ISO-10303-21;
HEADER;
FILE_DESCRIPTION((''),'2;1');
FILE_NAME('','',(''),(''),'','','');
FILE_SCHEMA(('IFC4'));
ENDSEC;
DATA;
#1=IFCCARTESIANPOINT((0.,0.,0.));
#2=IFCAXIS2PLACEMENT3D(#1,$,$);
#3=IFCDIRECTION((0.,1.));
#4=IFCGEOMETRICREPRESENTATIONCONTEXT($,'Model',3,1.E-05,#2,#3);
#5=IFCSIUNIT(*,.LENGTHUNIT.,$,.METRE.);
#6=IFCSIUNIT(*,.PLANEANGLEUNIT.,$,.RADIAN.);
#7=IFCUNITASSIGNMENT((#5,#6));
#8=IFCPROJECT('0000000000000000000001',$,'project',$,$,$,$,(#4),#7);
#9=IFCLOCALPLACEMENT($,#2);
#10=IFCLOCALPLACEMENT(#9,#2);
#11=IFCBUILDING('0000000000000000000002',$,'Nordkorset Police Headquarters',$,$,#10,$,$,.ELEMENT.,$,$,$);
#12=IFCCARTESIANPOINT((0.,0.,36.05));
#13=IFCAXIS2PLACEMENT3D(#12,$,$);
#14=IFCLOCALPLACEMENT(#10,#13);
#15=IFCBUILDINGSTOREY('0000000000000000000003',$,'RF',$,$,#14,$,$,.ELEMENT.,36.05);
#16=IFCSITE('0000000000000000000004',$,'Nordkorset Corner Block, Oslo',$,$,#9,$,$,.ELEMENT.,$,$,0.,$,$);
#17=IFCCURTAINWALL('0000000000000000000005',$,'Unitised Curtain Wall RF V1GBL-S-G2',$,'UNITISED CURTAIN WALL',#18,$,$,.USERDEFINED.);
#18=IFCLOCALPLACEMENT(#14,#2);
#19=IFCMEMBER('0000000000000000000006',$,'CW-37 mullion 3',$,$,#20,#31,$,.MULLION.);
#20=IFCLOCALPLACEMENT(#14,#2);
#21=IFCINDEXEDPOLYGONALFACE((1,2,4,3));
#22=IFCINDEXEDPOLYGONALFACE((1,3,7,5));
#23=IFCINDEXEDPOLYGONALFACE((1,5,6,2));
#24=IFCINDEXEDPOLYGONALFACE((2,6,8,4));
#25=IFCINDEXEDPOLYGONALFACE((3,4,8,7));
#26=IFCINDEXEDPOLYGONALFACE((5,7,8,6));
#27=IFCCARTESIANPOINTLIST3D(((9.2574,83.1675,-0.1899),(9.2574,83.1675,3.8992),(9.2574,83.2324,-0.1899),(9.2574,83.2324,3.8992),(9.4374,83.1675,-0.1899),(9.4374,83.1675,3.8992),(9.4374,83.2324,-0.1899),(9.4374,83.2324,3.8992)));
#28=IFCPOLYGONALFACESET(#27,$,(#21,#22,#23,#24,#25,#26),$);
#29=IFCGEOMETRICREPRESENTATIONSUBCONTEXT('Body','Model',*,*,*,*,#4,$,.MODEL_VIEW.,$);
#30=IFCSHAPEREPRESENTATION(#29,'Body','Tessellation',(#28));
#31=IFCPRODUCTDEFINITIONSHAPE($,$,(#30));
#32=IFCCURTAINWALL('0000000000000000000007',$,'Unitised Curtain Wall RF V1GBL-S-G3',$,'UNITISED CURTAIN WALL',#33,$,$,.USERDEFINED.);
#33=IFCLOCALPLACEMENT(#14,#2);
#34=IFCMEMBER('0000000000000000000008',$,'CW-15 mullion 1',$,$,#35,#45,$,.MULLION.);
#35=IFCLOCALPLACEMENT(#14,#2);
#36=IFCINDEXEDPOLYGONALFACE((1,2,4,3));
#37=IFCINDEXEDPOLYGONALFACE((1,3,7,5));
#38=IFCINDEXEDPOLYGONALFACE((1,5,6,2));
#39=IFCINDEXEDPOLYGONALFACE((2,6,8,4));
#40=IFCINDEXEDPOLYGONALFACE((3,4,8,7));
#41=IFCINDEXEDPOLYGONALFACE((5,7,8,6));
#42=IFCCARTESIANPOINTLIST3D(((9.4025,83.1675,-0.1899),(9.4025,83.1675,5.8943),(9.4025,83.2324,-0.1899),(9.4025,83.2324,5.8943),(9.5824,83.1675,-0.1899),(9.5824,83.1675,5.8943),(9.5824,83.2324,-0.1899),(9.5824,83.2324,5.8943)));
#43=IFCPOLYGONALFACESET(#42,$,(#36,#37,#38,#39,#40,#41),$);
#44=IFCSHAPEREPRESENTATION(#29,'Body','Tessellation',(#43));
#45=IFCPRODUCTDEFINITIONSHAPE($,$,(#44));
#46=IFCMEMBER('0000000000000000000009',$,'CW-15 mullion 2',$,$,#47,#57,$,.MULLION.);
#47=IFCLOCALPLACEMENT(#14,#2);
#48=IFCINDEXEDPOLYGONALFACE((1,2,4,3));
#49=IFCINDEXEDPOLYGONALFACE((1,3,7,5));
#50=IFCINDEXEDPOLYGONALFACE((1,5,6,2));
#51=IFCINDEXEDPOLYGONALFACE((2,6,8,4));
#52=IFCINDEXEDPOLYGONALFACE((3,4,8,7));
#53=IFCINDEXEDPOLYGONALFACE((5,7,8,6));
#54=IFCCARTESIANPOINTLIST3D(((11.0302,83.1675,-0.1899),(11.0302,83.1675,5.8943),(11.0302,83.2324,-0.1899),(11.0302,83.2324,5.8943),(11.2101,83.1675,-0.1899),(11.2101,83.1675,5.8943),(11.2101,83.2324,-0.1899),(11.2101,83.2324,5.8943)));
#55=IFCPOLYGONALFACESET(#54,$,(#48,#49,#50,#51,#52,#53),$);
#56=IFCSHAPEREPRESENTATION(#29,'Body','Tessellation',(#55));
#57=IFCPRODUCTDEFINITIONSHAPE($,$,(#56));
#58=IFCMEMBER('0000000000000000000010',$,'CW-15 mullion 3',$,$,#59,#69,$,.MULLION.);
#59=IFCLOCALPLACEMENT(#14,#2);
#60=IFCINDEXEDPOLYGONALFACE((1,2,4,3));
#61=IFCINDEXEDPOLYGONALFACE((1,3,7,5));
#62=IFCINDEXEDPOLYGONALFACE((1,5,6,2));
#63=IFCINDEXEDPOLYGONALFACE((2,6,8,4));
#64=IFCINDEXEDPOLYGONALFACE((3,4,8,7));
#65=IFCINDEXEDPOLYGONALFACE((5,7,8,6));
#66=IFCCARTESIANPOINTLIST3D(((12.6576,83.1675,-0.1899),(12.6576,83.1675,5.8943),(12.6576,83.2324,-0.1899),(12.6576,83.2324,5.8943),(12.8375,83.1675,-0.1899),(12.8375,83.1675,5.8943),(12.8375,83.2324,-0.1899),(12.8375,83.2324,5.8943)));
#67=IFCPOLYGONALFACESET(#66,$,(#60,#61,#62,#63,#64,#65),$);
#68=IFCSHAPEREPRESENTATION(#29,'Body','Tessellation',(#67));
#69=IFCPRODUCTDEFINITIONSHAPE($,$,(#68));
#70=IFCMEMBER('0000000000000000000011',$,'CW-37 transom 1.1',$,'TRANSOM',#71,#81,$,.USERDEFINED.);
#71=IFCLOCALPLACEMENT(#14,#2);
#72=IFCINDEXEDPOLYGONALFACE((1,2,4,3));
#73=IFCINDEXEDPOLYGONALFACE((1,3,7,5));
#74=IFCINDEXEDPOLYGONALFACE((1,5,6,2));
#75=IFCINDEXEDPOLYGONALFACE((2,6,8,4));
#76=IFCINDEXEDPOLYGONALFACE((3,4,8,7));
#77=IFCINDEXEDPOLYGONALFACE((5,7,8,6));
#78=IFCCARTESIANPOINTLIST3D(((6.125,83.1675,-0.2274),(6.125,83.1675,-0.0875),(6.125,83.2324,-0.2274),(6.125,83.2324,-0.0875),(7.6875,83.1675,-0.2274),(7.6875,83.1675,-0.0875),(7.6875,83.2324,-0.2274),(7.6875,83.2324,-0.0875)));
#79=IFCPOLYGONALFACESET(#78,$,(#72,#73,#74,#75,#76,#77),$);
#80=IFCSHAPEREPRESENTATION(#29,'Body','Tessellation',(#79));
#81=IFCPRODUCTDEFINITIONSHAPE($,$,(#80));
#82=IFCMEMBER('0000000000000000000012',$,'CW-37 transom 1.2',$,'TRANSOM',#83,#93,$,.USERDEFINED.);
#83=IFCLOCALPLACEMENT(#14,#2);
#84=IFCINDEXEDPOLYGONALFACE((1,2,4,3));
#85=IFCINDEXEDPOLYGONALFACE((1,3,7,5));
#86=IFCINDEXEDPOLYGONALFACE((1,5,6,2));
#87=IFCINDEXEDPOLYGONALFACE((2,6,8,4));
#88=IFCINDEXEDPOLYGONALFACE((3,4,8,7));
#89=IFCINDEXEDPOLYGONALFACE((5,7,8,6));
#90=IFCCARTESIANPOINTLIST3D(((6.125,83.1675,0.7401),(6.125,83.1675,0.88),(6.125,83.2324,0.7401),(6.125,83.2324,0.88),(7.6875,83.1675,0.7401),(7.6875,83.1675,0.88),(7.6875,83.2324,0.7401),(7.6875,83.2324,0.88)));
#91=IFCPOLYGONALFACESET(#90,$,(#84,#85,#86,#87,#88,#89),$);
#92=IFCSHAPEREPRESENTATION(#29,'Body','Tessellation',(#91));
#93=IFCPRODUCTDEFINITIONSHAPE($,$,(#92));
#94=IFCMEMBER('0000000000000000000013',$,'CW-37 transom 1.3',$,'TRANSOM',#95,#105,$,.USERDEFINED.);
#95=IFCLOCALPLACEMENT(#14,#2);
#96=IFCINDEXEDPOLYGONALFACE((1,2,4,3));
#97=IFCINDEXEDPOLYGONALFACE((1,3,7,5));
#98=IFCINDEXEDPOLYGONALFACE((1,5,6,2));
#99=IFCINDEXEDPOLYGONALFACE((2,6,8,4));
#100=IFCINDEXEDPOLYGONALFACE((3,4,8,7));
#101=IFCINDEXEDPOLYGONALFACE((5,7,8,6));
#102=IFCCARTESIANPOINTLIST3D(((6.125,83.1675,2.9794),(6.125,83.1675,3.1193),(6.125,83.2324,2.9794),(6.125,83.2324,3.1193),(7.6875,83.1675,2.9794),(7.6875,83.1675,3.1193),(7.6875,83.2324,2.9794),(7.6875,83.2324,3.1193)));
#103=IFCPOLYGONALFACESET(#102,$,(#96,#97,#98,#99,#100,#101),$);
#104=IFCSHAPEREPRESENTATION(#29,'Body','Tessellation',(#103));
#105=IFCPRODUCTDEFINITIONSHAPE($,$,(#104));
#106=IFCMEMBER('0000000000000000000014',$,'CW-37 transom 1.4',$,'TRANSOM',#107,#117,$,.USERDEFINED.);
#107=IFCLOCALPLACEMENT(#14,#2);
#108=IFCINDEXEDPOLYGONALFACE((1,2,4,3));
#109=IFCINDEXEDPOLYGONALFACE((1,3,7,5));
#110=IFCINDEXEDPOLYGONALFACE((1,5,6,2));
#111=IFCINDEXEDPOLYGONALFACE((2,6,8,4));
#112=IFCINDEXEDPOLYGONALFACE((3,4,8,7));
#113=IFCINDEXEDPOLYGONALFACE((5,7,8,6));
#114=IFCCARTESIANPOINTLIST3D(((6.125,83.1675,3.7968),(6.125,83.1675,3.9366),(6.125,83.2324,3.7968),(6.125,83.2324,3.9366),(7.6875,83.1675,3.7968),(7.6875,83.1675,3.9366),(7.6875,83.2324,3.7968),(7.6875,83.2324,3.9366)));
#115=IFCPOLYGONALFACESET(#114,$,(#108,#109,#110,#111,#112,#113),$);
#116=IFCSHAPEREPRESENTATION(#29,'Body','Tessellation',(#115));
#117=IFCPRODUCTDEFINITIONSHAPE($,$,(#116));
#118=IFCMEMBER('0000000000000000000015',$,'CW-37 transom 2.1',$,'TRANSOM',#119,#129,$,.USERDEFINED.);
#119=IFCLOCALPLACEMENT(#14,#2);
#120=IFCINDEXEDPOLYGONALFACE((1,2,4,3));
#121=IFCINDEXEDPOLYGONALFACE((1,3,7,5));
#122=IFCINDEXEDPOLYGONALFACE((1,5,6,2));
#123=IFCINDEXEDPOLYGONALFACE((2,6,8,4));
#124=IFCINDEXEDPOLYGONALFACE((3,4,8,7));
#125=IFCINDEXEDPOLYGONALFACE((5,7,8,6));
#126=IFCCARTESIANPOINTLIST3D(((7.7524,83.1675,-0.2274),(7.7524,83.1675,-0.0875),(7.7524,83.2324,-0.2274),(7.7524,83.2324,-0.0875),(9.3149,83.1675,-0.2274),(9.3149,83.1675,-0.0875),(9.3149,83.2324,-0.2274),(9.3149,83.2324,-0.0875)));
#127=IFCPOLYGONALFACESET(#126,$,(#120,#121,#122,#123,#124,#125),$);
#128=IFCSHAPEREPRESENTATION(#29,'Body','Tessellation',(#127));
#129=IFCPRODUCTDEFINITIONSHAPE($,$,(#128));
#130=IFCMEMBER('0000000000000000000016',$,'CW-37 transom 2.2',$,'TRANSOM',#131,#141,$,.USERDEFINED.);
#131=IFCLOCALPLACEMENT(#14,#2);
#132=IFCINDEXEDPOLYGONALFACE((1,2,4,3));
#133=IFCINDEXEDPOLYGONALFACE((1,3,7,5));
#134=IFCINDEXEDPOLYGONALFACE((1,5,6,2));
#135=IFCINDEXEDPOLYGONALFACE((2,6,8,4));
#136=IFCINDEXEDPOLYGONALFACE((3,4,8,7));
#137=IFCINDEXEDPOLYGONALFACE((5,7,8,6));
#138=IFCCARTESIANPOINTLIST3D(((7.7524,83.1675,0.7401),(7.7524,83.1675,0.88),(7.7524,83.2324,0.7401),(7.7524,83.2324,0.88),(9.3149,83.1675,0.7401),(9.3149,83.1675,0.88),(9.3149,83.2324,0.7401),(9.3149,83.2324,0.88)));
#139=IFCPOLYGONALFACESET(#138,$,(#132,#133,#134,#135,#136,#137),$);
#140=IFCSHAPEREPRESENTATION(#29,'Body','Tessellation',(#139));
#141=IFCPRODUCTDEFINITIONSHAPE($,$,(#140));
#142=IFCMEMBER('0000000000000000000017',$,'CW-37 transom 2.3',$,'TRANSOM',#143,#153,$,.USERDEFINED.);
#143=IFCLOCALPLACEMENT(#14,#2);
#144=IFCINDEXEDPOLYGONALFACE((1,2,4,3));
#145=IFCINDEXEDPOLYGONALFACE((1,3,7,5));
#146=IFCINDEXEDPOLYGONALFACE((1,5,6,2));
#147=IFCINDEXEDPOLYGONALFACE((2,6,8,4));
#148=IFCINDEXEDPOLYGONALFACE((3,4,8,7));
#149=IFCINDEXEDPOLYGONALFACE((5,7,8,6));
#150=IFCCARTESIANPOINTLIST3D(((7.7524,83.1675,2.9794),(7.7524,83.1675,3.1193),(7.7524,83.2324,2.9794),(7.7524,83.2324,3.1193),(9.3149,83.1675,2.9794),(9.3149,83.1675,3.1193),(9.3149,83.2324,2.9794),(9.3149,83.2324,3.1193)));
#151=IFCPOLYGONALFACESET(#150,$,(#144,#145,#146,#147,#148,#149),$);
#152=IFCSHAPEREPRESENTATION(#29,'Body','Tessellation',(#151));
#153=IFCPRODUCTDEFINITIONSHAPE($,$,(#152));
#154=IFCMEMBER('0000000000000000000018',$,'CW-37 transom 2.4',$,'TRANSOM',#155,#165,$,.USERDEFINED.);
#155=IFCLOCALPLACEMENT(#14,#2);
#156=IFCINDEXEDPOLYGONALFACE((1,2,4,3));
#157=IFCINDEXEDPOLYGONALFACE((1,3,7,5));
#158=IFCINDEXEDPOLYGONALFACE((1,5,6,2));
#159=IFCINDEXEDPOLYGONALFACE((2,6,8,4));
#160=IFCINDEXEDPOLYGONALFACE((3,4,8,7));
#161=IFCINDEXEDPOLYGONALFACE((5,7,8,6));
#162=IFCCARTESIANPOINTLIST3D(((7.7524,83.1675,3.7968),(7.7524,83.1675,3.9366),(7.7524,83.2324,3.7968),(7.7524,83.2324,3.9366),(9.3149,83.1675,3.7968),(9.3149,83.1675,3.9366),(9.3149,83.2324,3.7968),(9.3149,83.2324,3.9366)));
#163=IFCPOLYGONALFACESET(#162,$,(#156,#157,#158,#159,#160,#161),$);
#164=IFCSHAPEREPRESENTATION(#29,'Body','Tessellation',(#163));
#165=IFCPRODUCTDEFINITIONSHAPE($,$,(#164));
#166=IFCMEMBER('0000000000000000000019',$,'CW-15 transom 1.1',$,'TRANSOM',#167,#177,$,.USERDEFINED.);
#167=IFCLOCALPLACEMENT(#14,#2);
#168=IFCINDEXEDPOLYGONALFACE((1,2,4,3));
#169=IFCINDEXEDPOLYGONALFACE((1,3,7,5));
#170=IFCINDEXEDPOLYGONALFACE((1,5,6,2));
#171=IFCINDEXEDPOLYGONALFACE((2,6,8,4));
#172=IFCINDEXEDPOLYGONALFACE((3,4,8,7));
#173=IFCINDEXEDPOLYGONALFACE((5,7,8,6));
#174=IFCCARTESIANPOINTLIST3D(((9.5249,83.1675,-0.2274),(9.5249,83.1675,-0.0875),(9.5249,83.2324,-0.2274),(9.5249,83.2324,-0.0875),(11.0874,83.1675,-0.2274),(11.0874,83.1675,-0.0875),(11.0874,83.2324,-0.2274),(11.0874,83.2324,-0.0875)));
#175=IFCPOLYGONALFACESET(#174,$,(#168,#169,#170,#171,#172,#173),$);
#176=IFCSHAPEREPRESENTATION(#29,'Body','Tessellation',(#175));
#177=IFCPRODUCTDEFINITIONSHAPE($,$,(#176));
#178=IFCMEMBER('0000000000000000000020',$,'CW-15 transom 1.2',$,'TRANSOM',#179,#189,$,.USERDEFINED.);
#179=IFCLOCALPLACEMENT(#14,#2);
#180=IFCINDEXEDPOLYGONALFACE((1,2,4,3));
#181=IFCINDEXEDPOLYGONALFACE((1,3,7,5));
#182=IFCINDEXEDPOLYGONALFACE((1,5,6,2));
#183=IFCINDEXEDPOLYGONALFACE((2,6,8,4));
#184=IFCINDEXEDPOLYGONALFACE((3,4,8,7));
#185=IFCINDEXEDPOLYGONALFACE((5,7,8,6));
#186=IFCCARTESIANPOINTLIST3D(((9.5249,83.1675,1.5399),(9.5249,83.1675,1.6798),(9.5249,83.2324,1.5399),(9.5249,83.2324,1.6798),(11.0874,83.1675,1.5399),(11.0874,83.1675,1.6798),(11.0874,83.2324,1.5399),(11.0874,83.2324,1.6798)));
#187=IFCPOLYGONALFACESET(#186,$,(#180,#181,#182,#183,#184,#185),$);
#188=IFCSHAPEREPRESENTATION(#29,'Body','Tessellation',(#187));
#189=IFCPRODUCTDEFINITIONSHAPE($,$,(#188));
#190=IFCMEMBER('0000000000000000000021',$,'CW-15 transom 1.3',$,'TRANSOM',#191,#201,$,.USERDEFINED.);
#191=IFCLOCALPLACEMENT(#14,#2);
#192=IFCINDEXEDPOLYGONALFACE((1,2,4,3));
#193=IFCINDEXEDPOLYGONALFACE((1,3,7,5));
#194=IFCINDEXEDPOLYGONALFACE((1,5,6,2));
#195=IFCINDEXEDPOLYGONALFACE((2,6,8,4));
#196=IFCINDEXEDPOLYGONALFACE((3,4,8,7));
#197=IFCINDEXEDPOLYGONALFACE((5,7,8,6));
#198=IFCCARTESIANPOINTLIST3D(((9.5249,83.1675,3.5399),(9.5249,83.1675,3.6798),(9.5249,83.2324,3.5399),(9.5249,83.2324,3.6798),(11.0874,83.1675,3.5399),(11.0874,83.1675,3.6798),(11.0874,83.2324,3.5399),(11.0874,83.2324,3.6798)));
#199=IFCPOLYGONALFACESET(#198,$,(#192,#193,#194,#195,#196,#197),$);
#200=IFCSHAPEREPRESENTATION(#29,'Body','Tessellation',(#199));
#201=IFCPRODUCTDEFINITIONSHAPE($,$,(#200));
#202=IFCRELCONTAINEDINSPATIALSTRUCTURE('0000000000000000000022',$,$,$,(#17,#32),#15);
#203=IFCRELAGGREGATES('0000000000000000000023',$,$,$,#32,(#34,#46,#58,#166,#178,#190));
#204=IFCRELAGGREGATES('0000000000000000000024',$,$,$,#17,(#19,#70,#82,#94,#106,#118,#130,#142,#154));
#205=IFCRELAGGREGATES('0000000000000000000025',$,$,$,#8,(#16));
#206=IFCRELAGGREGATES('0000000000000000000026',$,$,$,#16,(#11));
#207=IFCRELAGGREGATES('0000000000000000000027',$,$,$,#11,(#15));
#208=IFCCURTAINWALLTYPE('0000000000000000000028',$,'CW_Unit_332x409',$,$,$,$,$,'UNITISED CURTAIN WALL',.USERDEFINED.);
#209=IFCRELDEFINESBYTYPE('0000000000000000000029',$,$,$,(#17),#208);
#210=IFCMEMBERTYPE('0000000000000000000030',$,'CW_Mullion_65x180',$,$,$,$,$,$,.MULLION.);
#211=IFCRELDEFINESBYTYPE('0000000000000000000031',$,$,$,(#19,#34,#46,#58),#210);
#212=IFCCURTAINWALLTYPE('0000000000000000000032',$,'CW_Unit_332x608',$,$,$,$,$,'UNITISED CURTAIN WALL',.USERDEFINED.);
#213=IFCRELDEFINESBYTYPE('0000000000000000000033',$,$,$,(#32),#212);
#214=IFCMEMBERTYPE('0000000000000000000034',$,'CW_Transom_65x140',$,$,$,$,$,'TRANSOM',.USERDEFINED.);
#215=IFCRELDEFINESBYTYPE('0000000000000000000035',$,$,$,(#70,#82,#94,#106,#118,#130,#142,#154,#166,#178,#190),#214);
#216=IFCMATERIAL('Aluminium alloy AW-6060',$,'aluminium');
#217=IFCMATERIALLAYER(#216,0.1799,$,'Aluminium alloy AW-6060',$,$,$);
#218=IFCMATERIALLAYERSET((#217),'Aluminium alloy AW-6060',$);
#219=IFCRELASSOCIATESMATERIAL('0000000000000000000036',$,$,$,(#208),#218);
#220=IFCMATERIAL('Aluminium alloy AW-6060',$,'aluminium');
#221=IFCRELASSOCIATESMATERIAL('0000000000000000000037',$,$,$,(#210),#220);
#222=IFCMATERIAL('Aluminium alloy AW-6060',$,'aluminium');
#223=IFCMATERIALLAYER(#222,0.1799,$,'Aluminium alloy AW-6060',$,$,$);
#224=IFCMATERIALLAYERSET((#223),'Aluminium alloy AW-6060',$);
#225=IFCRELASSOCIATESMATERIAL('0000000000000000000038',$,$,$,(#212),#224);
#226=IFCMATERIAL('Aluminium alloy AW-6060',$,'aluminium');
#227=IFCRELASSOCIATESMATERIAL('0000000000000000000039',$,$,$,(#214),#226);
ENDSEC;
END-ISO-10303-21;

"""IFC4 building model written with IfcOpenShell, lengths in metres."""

from ifc_helpers import new_model, si_unit, direction, frame, origin, origin_2d, place, context, subcontext, project, spatial, rectangle, extrude, material, layer, layer_set, material_profile, profile_set, type_object, element, aggregate, save


model = new_model("IFC4")

# Units and contexts
model_context = context("Model", 3, precision=1e-05, world=origin(), true_north=direction((0.0, 1.0)))
body_context = subcontext(model_context, "Body", "Model", "MODEL_VIEW")
ifc_project = project(units=[si_unit("LENGTHUNIT", "METRE"), si_unit("PLANEANGLEUNIT", "RADIAN")], contexts=[model_context])

# Site, building, storey
site_placement = place(None, origin())
site = spatial("IfcSite", under=ifc_project, at=site_placement, Name="Nordkorset Corner Block, Oslo", CompositionType="ELEMENT", RefElevation=0.0)
building_placement = place(site_placement, origin())
building = spatial("IfcBuilding", under=site, at=building_placement, Name="Nordkorset Police Headquarters", CompositionType="ELEMENT")
storey_placement = place(building_placement, frame((0.0, 0.0, 36.05)))
storey = spatial("IfcBuildingStorey", under=building, at=storey_placement, Name="RF", CompositionType="ELEMENT", Elevation=36.05)

# Curtain wall, member
ifc_material_1 = material(Name="Aluminium alloy AW-6060", Category="aluminium")
ifc_layer_1 = layer(ifc_material_1, 0.1799, Name="Aluminium alloy AW-6060")
ifc_layer_set_1 = layer_set([ifc_layer_1], Name="Aluminium alloy AW-6060")
curtain_wall_type_1 = type_object("IfcCurtainWallType", Name="CW_Unit_332x409", ElementType="UNITISED CURTAIN WALL", PredefinedType="USERDEFINED", material=ifc_layer_set_1)
curtain_wall_1_placement = place(storey_placement, origin())
curtain_wall_1 = element("IfcCurtainWall", 1, at=curtain_wall_1_placement, inside=storey, type_object=curtain_wall_type_1, Name="Unitised Curtain Wall RF V1GBL-S-G2", ObjectType="UNITISED CURTAIN WALL", PredefinedType="USERDEFINED")
ifc_material_2 = material(Name="Aluminium alloy AW-6060", Category="aluminium")
ifc_material_profile_1 = material_profile(ifc_material_2, rectangle(XDim=0.0649, YDim=0.1799, at=origin_2d()), Name="ALU MULL 65x180")
ifc_profile_set_1 = profile_set([ifc_material_profile_1], Name="Aluminium alloy AW-6060")
member_type_1 = type_object("IfcMemberType", Name="CW_Mullion_65x180", PredefinedType="MULLION", material=ifc_profile_set_1)
member_1_placement = place(storey_placement, frame((9.3474, 83.2, -0.1899), z_axis=(0.0, 0.0, 1.0), x_axis=(0.0, 1.0, 0.0)))
member_1 = element("IfcMember", 2, at=member_1_placement, type_object=member_type_1, Name="CW-37 mullion 3", PredefinedType="MULLION", context=body_context, shape_type="SweptSolid", body=[
    extrude(rectangle(XDim=0.0649, YDim=0.1799, at=origin_2d()), origin(), (0.0, 0.0, 1.0), 4.0891),
])

# Curtain wall, members
ifc_material_3 = material(Name="Aluminium alloy AW-6060", Category="aluminium")
ifc_layer_2 = layer(ifc_material_3, 0.1799, Name="Aluminium alloy AW-6060")
ifc_layer_set_2 = layer_set([ifc_layer_2], Name="Aluminium alloy AW-6060")
curtain_wall_type_2 = type_object("IfcCurtainWallType", Name="CW_Unit_332x608", ElementType="UNITISED CURTAIN WALL", PredefinedType="USERDEFINED", material=ifc_layer_set_2)
curtain_wall_2_placement = place(storey_placement, origin())
curtain_wall_2 = element("IfcCurtainWall", 3, at=curtain_wall_2_placement, inside=storey, type_object=curtain_wall_type_2, Name="Unitised Curtain Wall RF V1GBL-S-G3", ObjectType="UNITISED CURTAIN WALL", PredefinedType="USERDEFINED")
member_2_placement = place(storey_placement, frame((9.4924, 83.2, -0.1899), z_axis=(0.0, 0.0, 1.0), x_axis=(0.0, 1.0, 0.0)))
member_2 = element("IfcMember", 4, at=member_2_placement, type_object=member_type_1, Name="CW-15 mullion 1", PredefinedType="MULLION", context=body_context, shape_type="SweptSolid", body=[
    extrude(rectangle(XDim=0.0649, YDim=0.1799, at=origin_2d()), origin(), (0.0, 0.0, 1.0), 6.0842),
])
member_3_placement = place(storey_placement, frame((11.1201, 83.2, -0.1899), z_axis=(0.0, 0.0, 1.0), x_axis=(0.0, 1.0, 0.0)))
member_3 = element("IfcMember", 5, at=member_3_placement, type_object=member_type_1, Name="CW-15 mullion 2", PredefinedType="MULLION", context=body_context, shape_type="SweptSolid", body=[
    extrude(rectangle(XDim=0.0649, YDim=0.1799, at=origin_2d()), origin(), (0.0, 0.0, 1.0), 6.0842),
])
member_4_placement = place(storey_placement, frame((12.7476, 83.2, -0.1899), z_axis=(0.0, 0.0, 1.0), x_axis=(0.0, 1.0, 0.0)))
member_4 = element("IfcMember", 6, at=member_4_placement, type_object=member_type_1, Name="CW-15 mullion 3", PredefinedType="MULLION", context=body_context, shape_type="SweptSolid", body=[
    extrude(rectangle(XDim=0.0649, YDim=0.1799, at=origin_2d()), origin(), (0.0, 0.0, 1.0), 6.0842),
])

# Members
ifc_material_4 = material(Name="Aluminium alloy AW-6060", Category="aluminium")
ifc_material_profile_2 = material_profile(ifc_material_4, rectangle(XDim=0.0649, YDim=0.1399, at=origin_2d()), Name="ALU TRAN 65x140")
ifc_profile_set_2 = profile_set([ifc_material_profile_2], Name="Aluminium alloy AW-6060")
member_type_2 = type_object("IfcMemberType", Name="CW_Transom_65x140", ElementType="TRANSOM", PredefinedType="USERDEFINED", material=ifc_profile_set_2)
member_5_placement = place(storey_placement, frame((6.125, 83.2, -0.1575), z_axis=(1.0, 0.0, 0.0), x_axis=(0.0, 1.0, 0.0)))
member_5 = element("IfcMember", 7, at=member_5_placement, type_object=member_type_2, Name="CW-37 transom 1.1", ObjectType="TRANSOM", PredefinedType="USERDEFINED", context=body_context, shape_type="SweptSolid", body=[
    extrude(rectangle(XDim=0.0649, YDim=0.1399, at=origin_2d()), origin(), (0.0, 0.0, 1.0), 1.5625),
])
member_6_placement = place(storey_placement, frame((6.125, 83.2, 0.8101), z_axis=(1.0, 0.0, 0.0), x_axis=(0.0, 1.0, 0.0)))
member_6 = element("IfcMember", 8, at=member_6_placement, type_object=member_type_2, Name="CW-37 transom 1.2", ObjectType="TRANSOM", PredefinedType="USERDEFINED", context=body_context, shape_type="SweptSolid", body=[
    extrude(rectangle(XDim=0.0649, YDim=0.1399, at=origin_2d()), origin(), (0.0, 0.0, 1.0), 1.5625),
])
member_7_placement = place(storey_placement, frame((6.125, 83.2, 3.0493), z_axis=(1.0, 0.0, 0.0), x_axis=(0.0, 1.0, 0.0)))
member_7 = element("IfcMember", 9, at=member_7_placement, type_object=member_type_2, Name="CW-37 transom 1.3", ObjectType="TRANSOM", PredefinedType="USERDEFINED", context=body_context, shape_type="SweptSolid", body=[
    extrude(rectangle(XDim=0.0649, YDim=0.1399, at=origin_2d()), origin(), (0.0, 0.0, 1.0), 1.5625),
])
member_8_placement = place(storey_placement, frame((6.125, 83.2, 3.8667), z_axis=(1.0, 0.0, 0.0), x_axis=(0.0, 1.0, 0.0)))
member_8 = element("IfcMember", 10, at=member_8_placement, type_object=member_type_2, Name="CW-37 transom 1.4", ObjectType="TRANSOM", PredefinedType="USERDEFINED", context=body_context, shape_type="SweptSolid", body=[
    extrude(rectangle(XDim=0.0649, YDim=0.1399, at=origin_2d()), origin(), (0.0, 0.0, 1.0), 1.5625),
])
member_9_placement = place(storey_placement, frame((7.7524, 83.2, -0.1575), z_axis=(1.0, 0.0, 0.0), x_axis=(0.0, 1.0, 0.0)))
member_9 = element("IfcMember", 11, at=member_9_placement, type_object=member_type_2, Name="CW-37 transom 2.1", ObjectType="TRANSOM", PredefinedType="USERDEFINED", context=body_context, shape_type="SweptSolid", body=[
    extrude(rectangle(XDim=0.0649, YDim=0.1399, at=origin_2d()), origin(), (0.0, 0.0, 1.0), 1.5625),
])
member_10_placement = place(storey_placement, frame((7.7524, 83.2, 0.8101), z_axis=(1.0, 0.0, 0.0), x_axis=(0.0, 1.0, 0.0)))
member_10 = element("IfcMember", 12, at=member_10_placement, type_object=member_type_2, Name="CW-37 transom 2.2", ObjectType="TRANSOM", PredefinedType="USERDEFINED", context=body_context, shape_type="SweptSolid", body=[
    extrude(rectangle(XDim=0.0649, YDim=0.1399, at=origin_2d()), origin(), (0.0, 0.0, 1.0), 1.5625),
])
member_11_placement = place(storey_placement, frame((7.7524, 83.2, 3.0493), z_axis=(1.0, 0.0, 0.0), x_axis=(0.0, 1.0, 0.0)))
member_11 = element("IfcMember", 13, at=member_11_placement, type_object=member_type_2, Name="CW-37 transom 2.3", ObjectType="TRANSOM", PredefinedType="USERDEFINED", context=body_context, shape_type="SweptSolid", body=[
    extrude(rectangle(XDim=0.0649, YDim=0.1399, at=origin_2d()), origin(), (0.0, 0.0, 1.0), 1.5625),
])
member_12_placement = place(storey_placement, frame((7.7524, 83.2, 3.8667), z_axis=(1.0, 0.0, 0.0), x_axis=(0.0, 1.0, 0.0)))
member_12 = element("IfcMember", 14, at=member_12_placement, type_object=member_type_2, Name="CW-37 transom 2.4", ObjectType="TRANSOM", PredefinedType="USERDEFINED", context=body_context, shape_type="SweptSolid", body=[
    extrude(rectangle(XDim=0.0649, YDim=0.1399, at=origin_2d()), origin(), (0.0, 0.0, 1.0), 1.5625),
])
member_13_placement = place(storey_placement, frame((9.5249, 83.2, -0.1575), z_axis=(1.0, 0.0, 0.0), x_axis=(0.0, 1.0, 0.0)))
member_13 = element("IfcMember", 15, at=member_13_placement, type_object=member_type_2, Name="CW-15 transom 1.1", ObjectType="TRANSOM", PredefinedType="USERDEFINED", context=body_context, shape_type="SweptSolid", body=[
    extrude(rectangle(XDim=0.0649, YDim=0.1399, at=origin_2d()), origin(), (0.0, 0.0, 1.0), 1.5625),
])
member_14_placement = place(storey_placement, frame((9.5249, 83.2, 1.6099), z_axis=(1.0, 0.0, 0.0), x_axis=(0.0, 1.0, 0.0)))
member_14 = element("IfcMember", 16, at=member_14_placement, type_object=member_type_2, Name="CW-15 transom 1.2", ObjectType="TRANSOM", PredefinedType="USERDEFINED", context=body_context, shape_type="SweptSolid", body=[
    extrude(rectangle(XDim=0.0649, YDim=0.1399, at=origin_2d()), origin(), (0.0, 0.0, 1.0), 1.5625),
])
member_15_placement = place(storey_placement, frame((9.5249, 83.2, 3.6099), z_axis=(1.0, 0.0, 0.0), x_axis=(0.0, 1.0, 0.0)))
member_15 = element("IfcMember", 17, at=member_15_placement, type_object=member_type_2, Name="CW-15 transom 1.3", ObjectType="TRANSOM", PredefinedType="USERDEFINED", context=body_context, shape_type="SweptSolid", body=[
    extrude(rectangle(XDim=0.0649, YDim=0.1399, at=origin_2d()), origin(), (0.0, 0.0, 1.0), 1.5625),
])
aggregate(curtain_wall_2, [member_2, member_3, member_4, member_13, member_14, member_15])

aggregate(curtain_wall_1, [member_1, member_5, member_6, member_7, member_8, member_9, member_10, member_11, member_12])

save(model, "model.ifc")
